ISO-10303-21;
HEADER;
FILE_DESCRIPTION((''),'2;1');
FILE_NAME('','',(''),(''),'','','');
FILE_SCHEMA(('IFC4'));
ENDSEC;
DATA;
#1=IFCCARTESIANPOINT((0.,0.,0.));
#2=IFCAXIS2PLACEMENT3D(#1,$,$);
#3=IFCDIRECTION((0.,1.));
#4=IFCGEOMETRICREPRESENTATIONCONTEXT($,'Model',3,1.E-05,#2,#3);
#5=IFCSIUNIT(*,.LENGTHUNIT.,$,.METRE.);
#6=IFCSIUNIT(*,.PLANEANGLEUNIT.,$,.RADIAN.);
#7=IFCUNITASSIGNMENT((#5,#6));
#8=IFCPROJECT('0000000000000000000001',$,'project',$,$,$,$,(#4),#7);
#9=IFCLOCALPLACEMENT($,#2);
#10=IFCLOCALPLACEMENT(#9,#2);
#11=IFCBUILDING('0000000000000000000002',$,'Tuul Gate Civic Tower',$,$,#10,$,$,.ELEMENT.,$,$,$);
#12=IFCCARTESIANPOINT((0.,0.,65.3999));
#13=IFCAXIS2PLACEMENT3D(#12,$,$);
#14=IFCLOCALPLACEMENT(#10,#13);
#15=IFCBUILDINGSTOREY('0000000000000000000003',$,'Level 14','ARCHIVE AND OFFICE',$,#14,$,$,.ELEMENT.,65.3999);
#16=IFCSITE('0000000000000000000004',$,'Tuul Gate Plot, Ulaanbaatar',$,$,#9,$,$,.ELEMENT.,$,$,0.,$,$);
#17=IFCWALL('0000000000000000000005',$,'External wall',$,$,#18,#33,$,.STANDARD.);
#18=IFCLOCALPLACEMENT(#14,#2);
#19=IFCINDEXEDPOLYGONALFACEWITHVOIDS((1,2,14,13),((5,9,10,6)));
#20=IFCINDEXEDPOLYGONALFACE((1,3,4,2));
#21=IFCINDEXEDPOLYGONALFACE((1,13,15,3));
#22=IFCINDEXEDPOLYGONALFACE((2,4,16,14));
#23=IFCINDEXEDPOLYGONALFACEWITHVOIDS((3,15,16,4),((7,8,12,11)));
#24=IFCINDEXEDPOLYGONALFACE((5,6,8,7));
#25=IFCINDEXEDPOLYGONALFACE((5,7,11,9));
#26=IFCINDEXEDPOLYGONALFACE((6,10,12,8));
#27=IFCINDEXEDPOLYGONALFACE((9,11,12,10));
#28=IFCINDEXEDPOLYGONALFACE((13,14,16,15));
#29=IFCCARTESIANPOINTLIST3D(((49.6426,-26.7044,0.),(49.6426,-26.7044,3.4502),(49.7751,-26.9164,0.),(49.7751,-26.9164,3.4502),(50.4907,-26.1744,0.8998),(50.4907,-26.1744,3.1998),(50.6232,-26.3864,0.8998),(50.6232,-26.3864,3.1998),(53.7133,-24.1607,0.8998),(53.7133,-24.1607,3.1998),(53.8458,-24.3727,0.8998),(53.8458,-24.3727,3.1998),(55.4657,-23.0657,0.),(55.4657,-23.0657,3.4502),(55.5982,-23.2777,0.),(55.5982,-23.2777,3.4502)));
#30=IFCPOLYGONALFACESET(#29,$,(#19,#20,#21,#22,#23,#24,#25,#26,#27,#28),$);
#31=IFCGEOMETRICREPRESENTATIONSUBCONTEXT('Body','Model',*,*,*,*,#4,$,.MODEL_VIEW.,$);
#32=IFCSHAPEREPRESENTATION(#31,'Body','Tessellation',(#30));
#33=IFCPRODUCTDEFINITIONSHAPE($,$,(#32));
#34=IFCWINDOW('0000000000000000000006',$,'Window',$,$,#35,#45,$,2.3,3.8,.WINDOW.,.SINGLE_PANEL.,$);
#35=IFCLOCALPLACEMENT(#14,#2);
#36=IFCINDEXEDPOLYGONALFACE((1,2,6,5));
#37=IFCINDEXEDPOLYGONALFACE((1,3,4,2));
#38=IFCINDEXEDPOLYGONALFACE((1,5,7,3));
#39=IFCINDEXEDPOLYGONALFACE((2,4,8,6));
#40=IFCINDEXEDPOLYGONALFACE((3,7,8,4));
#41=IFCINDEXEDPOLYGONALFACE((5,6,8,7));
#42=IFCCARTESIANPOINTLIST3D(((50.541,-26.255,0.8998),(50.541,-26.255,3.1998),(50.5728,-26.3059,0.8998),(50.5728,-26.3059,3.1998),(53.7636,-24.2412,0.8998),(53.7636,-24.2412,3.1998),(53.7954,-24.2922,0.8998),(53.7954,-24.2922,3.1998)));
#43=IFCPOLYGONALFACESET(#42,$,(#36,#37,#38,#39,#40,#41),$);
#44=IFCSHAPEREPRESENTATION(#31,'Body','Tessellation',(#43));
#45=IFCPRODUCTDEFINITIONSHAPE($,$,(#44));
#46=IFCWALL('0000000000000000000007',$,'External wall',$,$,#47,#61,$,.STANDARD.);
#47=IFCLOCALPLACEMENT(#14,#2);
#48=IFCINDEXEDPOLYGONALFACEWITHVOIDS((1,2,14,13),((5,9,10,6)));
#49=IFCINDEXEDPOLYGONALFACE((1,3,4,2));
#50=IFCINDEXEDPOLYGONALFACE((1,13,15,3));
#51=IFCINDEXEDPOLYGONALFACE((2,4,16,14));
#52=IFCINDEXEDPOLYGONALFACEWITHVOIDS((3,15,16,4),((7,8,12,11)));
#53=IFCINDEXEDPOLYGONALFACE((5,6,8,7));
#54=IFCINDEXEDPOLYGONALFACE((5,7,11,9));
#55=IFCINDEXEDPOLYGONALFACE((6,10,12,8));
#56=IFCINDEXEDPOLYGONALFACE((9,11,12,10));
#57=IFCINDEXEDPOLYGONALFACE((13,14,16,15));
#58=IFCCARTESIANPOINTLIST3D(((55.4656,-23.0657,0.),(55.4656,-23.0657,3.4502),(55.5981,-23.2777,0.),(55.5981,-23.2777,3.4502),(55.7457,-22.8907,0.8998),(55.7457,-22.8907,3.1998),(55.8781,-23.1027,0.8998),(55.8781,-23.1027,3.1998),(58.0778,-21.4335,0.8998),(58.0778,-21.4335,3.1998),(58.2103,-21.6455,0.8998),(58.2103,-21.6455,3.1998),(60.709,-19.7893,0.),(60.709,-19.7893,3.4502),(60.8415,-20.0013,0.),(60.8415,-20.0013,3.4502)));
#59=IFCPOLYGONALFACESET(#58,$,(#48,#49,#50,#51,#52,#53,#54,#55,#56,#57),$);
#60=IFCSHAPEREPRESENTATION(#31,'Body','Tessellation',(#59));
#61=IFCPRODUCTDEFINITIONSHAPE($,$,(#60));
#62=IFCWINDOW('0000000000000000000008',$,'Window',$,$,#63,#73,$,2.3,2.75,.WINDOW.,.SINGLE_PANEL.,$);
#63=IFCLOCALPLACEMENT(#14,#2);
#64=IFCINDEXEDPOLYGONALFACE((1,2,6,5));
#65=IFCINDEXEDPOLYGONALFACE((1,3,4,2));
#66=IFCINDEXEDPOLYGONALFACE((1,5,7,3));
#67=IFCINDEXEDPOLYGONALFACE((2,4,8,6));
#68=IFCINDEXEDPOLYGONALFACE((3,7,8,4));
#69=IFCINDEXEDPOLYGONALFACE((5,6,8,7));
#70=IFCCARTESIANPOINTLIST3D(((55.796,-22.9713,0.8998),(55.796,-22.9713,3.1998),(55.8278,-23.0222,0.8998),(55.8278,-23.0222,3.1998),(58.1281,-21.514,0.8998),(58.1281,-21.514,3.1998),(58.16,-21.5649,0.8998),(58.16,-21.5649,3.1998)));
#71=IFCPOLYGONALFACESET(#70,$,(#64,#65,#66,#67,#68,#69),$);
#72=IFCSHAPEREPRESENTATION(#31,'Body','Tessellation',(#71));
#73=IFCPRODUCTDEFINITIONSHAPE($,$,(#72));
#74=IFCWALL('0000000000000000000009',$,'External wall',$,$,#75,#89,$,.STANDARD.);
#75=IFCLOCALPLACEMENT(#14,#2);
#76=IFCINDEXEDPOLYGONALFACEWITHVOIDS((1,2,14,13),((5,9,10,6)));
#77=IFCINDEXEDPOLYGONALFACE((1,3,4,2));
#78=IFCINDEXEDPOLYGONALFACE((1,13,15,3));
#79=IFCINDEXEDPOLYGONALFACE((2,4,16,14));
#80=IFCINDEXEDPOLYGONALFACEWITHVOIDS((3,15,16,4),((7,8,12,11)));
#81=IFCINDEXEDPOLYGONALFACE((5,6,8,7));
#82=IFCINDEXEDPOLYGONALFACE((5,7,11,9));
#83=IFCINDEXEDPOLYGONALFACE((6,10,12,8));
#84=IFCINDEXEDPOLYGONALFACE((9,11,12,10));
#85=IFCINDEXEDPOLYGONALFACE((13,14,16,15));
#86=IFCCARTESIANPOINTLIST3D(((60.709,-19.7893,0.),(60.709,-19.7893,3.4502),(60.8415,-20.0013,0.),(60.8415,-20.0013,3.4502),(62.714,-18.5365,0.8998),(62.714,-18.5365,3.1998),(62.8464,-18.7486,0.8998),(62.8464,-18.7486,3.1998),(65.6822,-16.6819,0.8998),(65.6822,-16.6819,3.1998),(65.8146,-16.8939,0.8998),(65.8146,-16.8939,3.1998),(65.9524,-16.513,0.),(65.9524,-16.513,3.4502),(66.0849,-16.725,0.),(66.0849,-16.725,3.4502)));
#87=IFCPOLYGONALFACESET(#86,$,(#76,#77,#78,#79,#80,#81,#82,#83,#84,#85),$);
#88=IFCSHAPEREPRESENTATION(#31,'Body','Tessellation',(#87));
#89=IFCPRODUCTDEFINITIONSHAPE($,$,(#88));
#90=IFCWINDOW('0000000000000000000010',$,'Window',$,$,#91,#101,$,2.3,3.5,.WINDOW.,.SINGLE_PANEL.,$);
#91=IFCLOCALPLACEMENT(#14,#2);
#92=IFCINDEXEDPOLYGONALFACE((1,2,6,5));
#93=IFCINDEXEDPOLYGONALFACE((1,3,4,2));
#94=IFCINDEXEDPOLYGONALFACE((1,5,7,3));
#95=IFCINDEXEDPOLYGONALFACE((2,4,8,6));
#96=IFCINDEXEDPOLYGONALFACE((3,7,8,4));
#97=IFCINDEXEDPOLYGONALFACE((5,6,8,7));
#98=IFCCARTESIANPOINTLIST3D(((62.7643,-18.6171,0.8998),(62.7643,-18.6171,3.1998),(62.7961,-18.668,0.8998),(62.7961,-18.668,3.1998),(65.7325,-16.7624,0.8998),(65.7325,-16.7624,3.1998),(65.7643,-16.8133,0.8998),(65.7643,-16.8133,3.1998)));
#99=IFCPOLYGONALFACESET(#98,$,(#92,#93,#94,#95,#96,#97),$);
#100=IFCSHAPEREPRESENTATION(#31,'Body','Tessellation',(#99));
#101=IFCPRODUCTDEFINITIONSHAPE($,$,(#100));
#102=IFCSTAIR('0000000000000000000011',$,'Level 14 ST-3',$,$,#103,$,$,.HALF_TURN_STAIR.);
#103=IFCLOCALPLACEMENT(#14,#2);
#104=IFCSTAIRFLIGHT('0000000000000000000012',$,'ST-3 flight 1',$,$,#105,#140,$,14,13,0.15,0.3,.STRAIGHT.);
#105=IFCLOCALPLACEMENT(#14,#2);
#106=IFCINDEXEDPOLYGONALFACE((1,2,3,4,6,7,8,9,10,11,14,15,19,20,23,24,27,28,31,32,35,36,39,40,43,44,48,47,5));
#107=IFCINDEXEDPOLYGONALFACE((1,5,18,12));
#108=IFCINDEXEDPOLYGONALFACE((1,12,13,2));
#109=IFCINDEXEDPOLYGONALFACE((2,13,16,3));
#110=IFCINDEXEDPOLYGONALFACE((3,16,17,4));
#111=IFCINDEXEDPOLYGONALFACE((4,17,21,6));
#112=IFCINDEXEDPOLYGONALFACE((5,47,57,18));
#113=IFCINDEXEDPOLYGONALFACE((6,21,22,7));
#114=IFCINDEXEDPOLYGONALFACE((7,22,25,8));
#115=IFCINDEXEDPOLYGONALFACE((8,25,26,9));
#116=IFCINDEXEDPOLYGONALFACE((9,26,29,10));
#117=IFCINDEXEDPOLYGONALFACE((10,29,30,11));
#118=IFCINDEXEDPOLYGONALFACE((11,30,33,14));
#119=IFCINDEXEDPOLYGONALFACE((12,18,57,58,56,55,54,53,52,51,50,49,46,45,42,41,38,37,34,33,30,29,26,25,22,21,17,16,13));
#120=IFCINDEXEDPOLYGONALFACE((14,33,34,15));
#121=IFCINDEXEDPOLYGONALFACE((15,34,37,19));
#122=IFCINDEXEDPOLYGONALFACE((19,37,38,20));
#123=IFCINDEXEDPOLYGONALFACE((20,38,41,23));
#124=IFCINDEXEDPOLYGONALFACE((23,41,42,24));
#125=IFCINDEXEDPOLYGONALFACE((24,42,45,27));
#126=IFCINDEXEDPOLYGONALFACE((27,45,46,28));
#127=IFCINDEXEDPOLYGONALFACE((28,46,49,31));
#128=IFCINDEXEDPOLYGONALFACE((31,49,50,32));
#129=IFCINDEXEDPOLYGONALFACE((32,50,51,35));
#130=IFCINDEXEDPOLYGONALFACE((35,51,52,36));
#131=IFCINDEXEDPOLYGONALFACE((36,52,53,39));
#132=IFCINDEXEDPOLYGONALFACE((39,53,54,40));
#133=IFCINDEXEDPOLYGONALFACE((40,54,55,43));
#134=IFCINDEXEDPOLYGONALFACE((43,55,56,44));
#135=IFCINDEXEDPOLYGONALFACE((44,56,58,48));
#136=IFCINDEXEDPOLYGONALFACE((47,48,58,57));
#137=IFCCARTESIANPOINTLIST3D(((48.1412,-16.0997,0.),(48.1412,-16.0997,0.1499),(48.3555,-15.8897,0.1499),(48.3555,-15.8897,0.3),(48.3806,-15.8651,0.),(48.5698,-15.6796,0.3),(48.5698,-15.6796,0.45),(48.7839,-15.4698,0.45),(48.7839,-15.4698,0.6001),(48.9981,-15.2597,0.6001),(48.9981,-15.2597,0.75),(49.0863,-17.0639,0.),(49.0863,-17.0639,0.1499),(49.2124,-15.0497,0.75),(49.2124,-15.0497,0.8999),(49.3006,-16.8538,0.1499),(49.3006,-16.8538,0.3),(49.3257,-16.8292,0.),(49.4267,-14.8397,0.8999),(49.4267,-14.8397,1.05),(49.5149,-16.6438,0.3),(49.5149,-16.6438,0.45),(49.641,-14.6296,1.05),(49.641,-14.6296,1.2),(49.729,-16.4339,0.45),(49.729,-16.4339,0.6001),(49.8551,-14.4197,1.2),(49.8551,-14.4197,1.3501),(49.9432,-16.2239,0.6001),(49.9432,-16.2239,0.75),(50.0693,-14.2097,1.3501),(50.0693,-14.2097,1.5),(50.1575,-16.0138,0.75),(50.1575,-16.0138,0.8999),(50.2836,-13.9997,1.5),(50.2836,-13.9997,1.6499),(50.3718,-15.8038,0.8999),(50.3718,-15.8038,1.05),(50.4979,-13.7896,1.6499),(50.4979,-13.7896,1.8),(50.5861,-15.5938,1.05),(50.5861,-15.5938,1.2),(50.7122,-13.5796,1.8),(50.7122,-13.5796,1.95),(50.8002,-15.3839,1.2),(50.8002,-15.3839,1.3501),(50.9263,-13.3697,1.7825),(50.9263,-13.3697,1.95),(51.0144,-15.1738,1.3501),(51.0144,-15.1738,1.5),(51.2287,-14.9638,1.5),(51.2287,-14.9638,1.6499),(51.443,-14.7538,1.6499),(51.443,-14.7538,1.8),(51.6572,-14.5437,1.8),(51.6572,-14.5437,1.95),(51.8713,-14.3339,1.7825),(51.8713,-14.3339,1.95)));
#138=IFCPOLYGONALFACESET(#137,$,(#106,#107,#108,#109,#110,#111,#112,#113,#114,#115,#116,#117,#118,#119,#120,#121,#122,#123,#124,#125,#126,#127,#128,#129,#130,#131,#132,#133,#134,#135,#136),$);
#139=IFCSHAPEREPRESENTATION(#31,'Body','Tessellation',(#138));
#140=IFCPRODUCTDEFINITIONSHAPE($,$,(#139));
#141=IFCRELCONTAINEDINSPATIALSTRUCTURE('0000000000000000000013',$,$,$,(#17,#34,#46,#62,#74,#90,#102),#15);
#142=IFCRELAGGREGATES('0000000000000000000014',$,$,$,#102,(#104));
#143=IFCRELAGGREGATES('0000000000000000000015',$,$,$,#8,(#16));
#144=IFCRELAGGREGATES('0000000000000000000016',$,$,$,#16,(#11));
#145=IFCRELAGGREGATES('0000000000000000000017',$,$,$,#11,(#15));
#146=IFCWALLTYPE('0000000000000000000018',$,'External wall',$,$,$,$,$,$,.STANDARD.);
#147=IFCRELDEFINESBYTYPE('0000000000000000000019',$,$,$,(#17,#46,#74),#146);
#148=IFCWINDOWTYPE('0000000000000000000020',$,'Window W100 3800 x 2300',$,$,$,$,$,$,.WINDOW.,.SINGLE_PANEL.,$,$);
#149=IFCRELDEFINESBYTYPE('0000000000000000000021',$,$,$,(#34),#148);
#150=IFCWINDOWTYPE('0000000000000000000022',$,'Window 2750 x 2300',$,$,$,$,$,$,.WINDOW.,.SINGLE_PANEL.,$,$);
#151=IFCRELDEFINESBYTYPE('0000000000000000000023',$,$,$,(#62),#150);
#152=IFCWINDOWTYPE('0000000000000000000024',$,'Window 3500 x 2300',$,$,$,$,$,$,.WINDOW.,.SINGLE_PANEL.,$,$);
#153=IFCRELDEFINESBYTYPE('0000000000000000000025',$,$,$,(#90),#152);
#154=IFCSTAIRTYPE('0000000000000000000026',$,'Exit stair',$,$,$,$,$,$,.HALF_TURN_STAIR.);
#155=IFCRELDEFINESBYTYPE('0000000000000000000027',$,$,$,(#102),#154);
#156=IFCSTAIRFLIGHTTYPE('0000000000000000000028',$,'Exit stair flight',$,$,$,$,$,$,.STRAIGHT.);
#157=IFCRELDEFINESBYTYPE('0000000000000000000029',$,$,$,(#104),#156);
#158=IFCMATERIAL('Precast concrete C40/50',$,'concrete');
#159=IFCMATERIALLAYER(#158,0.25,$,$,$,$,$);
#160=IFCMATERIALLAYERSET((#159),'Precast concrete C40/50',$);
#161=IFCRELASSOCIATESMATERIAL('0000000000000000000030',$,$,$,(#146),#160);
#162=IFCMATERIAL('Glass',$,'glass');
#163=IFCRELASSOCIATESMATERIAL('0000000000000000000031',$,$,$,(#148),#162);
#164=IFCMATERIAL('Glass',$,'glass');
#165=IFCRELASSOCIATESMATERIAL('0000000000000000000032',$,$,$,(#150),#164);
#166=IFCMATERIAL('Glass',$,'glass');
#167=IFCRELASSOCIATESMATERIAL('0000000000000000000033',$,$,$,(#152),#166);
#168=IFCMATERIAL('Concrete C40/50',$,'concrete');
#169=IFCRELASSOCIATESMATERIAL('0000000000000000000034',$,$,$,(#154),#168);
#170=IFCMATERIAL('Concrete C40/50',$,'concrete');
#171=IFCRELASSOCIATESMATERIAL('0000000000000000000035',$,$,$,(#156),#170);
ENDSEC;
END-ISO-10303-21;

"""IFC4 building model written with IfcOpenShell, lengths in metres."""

from ifc_helpers import new_model, si_unit, direction, frame, frame_2d, origin, place, context, subcontext, project, spatial, polyline, rectangle, outline, extrude, material, layer, layer_set, type_object, element, fill, aggregate, save


model = new_model("IFC4")

# Units and contexts
model_context = context("Model", 3, precision=1e-05, world=origin(), true_north=direction((0.0, 1.0)))
body_context = subcontext(model_context, "Body", "Model", "MODEL_VIEW")
ifc_project = project(units=[si_unit("LENGTHUNIT", "METRE"), si_unit("PLANEANGLEUNIT", "RADIAN")], contexts=[model_context])

# Site, building, storey
site_placement = place(None, origin())
site = spatial("IfcSite", under=ifc_project, at=site_placement, Name="Tuul Gate Plot, Ulaanbaatar", CompositionType="ELEMENT", RefElevation=0.0)
building_placement = place(site_placement, origin())
building = spatial("IfcBuilding", under=site, at=building_placement, Name="Tuul Gate Civic Tower", CompositionType="ELEMENT")
storey_placement = place(building_placement, frame((0.0, 0.0, 65.3999)))
storey = spatial("IfcBuildingStorey", under=building, at=storey_placement, Name="Level 14", Description="ARCHIVE AND OFFICE", CompositionType="ELEMENT", Elevation=65.3999)

# Shared definitions
ifc_material_1 = material(Name="Precast concrete C40/50", Category="concrete")
ifc_layer = layer(ifc_material_1, 0.25)
ifc_layer_set = layer_set([ifc_layer], Name="Precast concrete C40/50")
wall_type = type_object("IfcWallType", Name="External wall", PredefinedType="STANDARD", material=ifc_layer_set)

# Walls, openings, windows
wall_1_placement = place(storey_placement, frame((49.709, -26.8103, 0.0), z_axis=(0.0, 0.0, 1.0), x_axis=(0.848044, 0.529925, 0.0)))
wall_1 = element("IfcWall", 1, at=wall_1_placement, inside=storey, type_object=wall_type, Name="External wall", PredefinedType="STANDARD", context=body_context, shape_type="SweptSolid", body=[
    extrude(rectangle(XDim=6.8665, YDim=0.25, at=frame_2d((3.4331, 0.0))), origin(), (0.0, 0.0, 1.0), 3.4502),
])
opening_1_placement = place(wall_1_placement, frame((1.0, 0.0, 0.8999)))
opening_1 = element("IfcOpeningElement", 2, at=opening_1_placement, cuts=wall_1, PredefinedType="OPENING", context=body_context, shape_type="SweptSolid", body=[
    extrude(rectangle(XDim=3.8, YDim=2.3, at=frame_2d((1.8999, 1.1499))), frame((0.0, 0.135, 0.0), z_axis=(0.0, -1.0, 0.0), x_axis=(1.0, 0.0, 0.0)), (0.0, 0.0, 1.0), 0.27),
])
ifc_material_2 = material(Name="Glass", Category="glass")
window_type_1 = type_object("IfcWindowType", Name="Window W100 3800 x 2300", PartitioningType="SINGLE_PANEL", PredefinedType="WINDOW", material=ifc_material_2)
window_1_placement = place(opening_1_placement, origin())
window_1 = element("IfcWindow", 3, at=window_1_placement, inside=storey, type_object=window_type_1, Name="Window", OverallHeight=2.3, OverallWidth=3.8, PartitioningType="SINGLE_PANEL", PredefinedType="WINDOW", context=body_context, shape_type="SweptSolid", body=[
    extrude(rectangle(XDim=3.8, YDim=2.3, at=frame_2d((1.8999, 1.1499))), frame((0.0, 0.03, 0.0), z_axis=(0.0, -1.0, 0.0), x_axis=(1.0, 0.0, 0.0)), (0.0, 0.0, 1.0), 0.0601),
])
fill(opening_1, window_1)
wall_2_placement = place(storey_placement, frame((55.532, -23.1716, 0.0), z_axis=(0.0, 0.0, 1.0), x_axis=(0.848054, 0.52991, 0.0)))
wall_2 = element("IfcWall", 4, at=wall_2_placement, inside=storey, type_object=wall_type, Name="External wall", PredefinedType="STANDARD", context=body_context, shape_type="SweptSolid", body=[
    extrude(rectangle(XDim=6.1829, YDim=0.25, at=frame_2d((3.0913, 0.0))), origin(), (0.0, 0.0, 1.0), 3.4502),
])
opening_2_placement = place(wall_2_placement, frame((0.3301, 0.0, 0.8999)))
opening_2 = element("IfcOpeningElement", 5, at=opening_2_placement, cuts=wall_2, PredefinedType="OPENING", context=body_context, shape_type="SweptSolid", body=[
    extrude(rectangle(XDim=2.75, YDim=2.3, at=frame_2d((1.375, 1.1499))), frame((0.0, 0.135, 0.0), z_axis=(0.0, -1.0, 0.0), x_axis=(1.0, 0.0, 0.0)), (0.0, 0.0, 1.0), 0.27),
])
ifc_material_3 = material(Name="Glass", Category="glass")
window_type_2 = type_object("IfcWindowType", Name="Window 2750 x 2300", PartitioningType="SINGLE_PANEL", PredefinedType="WINDOW", material=ifc_material_3)
window_2_placement = place(opening_2_placement, origin())
window_2 = element("IfcWindow", 6, at=window_2_placement, inside=storey, type_object=window_type_2, Name="Window", OverallHeight=2.3, OverallWidth=2.75, PartitioningType="SINGLE_PANEL", PredefinedType="WINDOW", context=body_context, shape_type="SweptSolid", body=[
    extrude(rectangle(XDim=2.75, YDim=2.3, at=frame_2d((1.375, 1.1499))), frame((0.0, 0.03, 0.0), z_axis=(0.0, -1.0, 0.0), x_axis=(1.0, 0.0, 0.0)), (0.0, 0.0, 1.0), 0.0601),
])
fill(opening_2, window_2)
wall_3_placement = place(storey_placement, frame((60.7754, -19.8953, 0.0), z_axis=(0.0, 0.0, 1.0), x_axis=(0.848054, 0.52991, 0.0)))
wall_3 = element("IfcWall", 7, at=wall_3_placement, inside=storey, type_object=wall_type, Name="External wall", PredefinedType="STANDARD", context=body_context, shape_type="SweptSolid", body=[
    extrude(rectangle(XDim=6.1829, YDim=0.25, at=frame_2d((3.0913, 0.0))), origin(), (0.0, 0.0, 1.0), 3.4502),
])
opening_3_placement = place(wall_3_placement, frame((2.364, 0.0, 0.8999)))
opening_3 = element("IfcOpeningElement", 8, at=opening_3_placement, cuts=wall_3, PredefinedType="OPENING", context=body_context, shape_type="SweptSolid", body=[
    extrude(rectangle(XDim=3.5, YDim=2.3, at=frame_2d((1.75, 1.1499))), frame((0.0, 0.135, 0.0), z_axis=(0.0, -1.0, 0.0), x_axis=(1.0, 0.0, 0.0)), (0.0, 0.0, 1.0), 0.27),
])
ifc_material_4 = material(Name="Glass", Category="glass")
window_type_3 = type_object("IfcWindowType", Name="Window 3500 x 2300", PartitioningType="SINGLE_PANEL", PredefinedType="WINDOW", material=ifc_material_4)
window_3_placement = place(opening_3_placement, origin())
window_3 = element("IfcWindow", 9, at=window_3_placement, inside=storey, type_object=window_type_3, Name="Window", OverallHeight=2.3, OverallWidth=3.5, PartitioningType="SINGLE_PANEL", PredefinedType="WINDOW", context=body_context, shape_type="SweptSolid", body=[
    extrude(rectangle(XDim=3.5, YDim=2.3, at=frame_2d((1.75, 1.1499))), frame((0.0, 0.03, 0.0), z_axis=(0.0, -1.0, 0.0), x_axis=(1.0, 0.0, 0.0)), (0.0, 0.0, 1.0), 0.0601),
])
fill(opening_3, window_3)

# Stair, stair flight
ifc_material_5 = material(Name="Concrete C40/50", Category="concrete")
stair_type = type_object("IfcStairType", Name="Exit stair", PredefinedType="HALF_TURN_STAIR", material=ifc_material_5)
stair_placement = place(storey_placement, origin())
stair = element("IfcStair", 10, at=stair_placement, inside=storey, type_object=stair_type, Name="Level 14 ST-3", PredefinedType="HALF_TURN_STAIR")
ifc_material_6 = material(Name="Concrete C40/50", Category="concrete")
stair_flight_type = type_object("IfcStairFlightType", Name="Exit stair flight", PredefinedType="STRAIGHT", material=ifc_material_6)
stair_flight_1_placement = place(storey_placement, frame((48.6138, -16.5818, 0.0), z_axis=(0.0, 0.0, 1.0), x_axis=(0.714127, 0.700016, 0.0)))
stair_flight_1 = element("IfcStairFlight", 11, at=stair_flight_1_placement, type_object=stair_flight_type, Name="ST-3 flight 1", NumberOfRisers=14, NumberOfTreads=13, PredefinedType="STRAIGHT", RiserHeight=0.15, TreadLength=0.3, context=body_context, shape_type="SweptSolid", body=[
    extrude(outline(polyline([(0.0, 0.0), (0.0, 0.1499), (0.3, 0.1499), (0.3, 0.3), (0.6001, 0.3), (0.6001, 0.45), (0.8999, 0.45), (0.8999, 0.6001), (1.2, 0.6001), (1.2, 0.75), (1.5, 0.75), (1.5, 0.8999), (1.8, 0.8999), (1.8, 1.05), (2.1001, 1.05), (2.1001, 1.2), (2.3999, 1.2), (2.3999, 1.3501), (2.7, 1.3501), (2.7, 1.5), (3.0, 1.5), (3.0, 1.6499), (3.3, 1.6499), (3.3, 1.8), (3.6001, 1.8), (3.6001, 1.95), (3.8999, 1.95), (3.8999, 2.1001), (3.8999, 1.7825), (0.3352, 0.0), (0.0, 0.0)])), frame((0.0, 0.675, 0.0), z_axis=(0.0, -1.0, 0.0), x_axis=(1.0, 0.0, 0.0)), (0.0, 0.0, 1.0), 1.3501),
])
aggregate(stair, [stair_flight_1])

save(model, "model.ifc")
